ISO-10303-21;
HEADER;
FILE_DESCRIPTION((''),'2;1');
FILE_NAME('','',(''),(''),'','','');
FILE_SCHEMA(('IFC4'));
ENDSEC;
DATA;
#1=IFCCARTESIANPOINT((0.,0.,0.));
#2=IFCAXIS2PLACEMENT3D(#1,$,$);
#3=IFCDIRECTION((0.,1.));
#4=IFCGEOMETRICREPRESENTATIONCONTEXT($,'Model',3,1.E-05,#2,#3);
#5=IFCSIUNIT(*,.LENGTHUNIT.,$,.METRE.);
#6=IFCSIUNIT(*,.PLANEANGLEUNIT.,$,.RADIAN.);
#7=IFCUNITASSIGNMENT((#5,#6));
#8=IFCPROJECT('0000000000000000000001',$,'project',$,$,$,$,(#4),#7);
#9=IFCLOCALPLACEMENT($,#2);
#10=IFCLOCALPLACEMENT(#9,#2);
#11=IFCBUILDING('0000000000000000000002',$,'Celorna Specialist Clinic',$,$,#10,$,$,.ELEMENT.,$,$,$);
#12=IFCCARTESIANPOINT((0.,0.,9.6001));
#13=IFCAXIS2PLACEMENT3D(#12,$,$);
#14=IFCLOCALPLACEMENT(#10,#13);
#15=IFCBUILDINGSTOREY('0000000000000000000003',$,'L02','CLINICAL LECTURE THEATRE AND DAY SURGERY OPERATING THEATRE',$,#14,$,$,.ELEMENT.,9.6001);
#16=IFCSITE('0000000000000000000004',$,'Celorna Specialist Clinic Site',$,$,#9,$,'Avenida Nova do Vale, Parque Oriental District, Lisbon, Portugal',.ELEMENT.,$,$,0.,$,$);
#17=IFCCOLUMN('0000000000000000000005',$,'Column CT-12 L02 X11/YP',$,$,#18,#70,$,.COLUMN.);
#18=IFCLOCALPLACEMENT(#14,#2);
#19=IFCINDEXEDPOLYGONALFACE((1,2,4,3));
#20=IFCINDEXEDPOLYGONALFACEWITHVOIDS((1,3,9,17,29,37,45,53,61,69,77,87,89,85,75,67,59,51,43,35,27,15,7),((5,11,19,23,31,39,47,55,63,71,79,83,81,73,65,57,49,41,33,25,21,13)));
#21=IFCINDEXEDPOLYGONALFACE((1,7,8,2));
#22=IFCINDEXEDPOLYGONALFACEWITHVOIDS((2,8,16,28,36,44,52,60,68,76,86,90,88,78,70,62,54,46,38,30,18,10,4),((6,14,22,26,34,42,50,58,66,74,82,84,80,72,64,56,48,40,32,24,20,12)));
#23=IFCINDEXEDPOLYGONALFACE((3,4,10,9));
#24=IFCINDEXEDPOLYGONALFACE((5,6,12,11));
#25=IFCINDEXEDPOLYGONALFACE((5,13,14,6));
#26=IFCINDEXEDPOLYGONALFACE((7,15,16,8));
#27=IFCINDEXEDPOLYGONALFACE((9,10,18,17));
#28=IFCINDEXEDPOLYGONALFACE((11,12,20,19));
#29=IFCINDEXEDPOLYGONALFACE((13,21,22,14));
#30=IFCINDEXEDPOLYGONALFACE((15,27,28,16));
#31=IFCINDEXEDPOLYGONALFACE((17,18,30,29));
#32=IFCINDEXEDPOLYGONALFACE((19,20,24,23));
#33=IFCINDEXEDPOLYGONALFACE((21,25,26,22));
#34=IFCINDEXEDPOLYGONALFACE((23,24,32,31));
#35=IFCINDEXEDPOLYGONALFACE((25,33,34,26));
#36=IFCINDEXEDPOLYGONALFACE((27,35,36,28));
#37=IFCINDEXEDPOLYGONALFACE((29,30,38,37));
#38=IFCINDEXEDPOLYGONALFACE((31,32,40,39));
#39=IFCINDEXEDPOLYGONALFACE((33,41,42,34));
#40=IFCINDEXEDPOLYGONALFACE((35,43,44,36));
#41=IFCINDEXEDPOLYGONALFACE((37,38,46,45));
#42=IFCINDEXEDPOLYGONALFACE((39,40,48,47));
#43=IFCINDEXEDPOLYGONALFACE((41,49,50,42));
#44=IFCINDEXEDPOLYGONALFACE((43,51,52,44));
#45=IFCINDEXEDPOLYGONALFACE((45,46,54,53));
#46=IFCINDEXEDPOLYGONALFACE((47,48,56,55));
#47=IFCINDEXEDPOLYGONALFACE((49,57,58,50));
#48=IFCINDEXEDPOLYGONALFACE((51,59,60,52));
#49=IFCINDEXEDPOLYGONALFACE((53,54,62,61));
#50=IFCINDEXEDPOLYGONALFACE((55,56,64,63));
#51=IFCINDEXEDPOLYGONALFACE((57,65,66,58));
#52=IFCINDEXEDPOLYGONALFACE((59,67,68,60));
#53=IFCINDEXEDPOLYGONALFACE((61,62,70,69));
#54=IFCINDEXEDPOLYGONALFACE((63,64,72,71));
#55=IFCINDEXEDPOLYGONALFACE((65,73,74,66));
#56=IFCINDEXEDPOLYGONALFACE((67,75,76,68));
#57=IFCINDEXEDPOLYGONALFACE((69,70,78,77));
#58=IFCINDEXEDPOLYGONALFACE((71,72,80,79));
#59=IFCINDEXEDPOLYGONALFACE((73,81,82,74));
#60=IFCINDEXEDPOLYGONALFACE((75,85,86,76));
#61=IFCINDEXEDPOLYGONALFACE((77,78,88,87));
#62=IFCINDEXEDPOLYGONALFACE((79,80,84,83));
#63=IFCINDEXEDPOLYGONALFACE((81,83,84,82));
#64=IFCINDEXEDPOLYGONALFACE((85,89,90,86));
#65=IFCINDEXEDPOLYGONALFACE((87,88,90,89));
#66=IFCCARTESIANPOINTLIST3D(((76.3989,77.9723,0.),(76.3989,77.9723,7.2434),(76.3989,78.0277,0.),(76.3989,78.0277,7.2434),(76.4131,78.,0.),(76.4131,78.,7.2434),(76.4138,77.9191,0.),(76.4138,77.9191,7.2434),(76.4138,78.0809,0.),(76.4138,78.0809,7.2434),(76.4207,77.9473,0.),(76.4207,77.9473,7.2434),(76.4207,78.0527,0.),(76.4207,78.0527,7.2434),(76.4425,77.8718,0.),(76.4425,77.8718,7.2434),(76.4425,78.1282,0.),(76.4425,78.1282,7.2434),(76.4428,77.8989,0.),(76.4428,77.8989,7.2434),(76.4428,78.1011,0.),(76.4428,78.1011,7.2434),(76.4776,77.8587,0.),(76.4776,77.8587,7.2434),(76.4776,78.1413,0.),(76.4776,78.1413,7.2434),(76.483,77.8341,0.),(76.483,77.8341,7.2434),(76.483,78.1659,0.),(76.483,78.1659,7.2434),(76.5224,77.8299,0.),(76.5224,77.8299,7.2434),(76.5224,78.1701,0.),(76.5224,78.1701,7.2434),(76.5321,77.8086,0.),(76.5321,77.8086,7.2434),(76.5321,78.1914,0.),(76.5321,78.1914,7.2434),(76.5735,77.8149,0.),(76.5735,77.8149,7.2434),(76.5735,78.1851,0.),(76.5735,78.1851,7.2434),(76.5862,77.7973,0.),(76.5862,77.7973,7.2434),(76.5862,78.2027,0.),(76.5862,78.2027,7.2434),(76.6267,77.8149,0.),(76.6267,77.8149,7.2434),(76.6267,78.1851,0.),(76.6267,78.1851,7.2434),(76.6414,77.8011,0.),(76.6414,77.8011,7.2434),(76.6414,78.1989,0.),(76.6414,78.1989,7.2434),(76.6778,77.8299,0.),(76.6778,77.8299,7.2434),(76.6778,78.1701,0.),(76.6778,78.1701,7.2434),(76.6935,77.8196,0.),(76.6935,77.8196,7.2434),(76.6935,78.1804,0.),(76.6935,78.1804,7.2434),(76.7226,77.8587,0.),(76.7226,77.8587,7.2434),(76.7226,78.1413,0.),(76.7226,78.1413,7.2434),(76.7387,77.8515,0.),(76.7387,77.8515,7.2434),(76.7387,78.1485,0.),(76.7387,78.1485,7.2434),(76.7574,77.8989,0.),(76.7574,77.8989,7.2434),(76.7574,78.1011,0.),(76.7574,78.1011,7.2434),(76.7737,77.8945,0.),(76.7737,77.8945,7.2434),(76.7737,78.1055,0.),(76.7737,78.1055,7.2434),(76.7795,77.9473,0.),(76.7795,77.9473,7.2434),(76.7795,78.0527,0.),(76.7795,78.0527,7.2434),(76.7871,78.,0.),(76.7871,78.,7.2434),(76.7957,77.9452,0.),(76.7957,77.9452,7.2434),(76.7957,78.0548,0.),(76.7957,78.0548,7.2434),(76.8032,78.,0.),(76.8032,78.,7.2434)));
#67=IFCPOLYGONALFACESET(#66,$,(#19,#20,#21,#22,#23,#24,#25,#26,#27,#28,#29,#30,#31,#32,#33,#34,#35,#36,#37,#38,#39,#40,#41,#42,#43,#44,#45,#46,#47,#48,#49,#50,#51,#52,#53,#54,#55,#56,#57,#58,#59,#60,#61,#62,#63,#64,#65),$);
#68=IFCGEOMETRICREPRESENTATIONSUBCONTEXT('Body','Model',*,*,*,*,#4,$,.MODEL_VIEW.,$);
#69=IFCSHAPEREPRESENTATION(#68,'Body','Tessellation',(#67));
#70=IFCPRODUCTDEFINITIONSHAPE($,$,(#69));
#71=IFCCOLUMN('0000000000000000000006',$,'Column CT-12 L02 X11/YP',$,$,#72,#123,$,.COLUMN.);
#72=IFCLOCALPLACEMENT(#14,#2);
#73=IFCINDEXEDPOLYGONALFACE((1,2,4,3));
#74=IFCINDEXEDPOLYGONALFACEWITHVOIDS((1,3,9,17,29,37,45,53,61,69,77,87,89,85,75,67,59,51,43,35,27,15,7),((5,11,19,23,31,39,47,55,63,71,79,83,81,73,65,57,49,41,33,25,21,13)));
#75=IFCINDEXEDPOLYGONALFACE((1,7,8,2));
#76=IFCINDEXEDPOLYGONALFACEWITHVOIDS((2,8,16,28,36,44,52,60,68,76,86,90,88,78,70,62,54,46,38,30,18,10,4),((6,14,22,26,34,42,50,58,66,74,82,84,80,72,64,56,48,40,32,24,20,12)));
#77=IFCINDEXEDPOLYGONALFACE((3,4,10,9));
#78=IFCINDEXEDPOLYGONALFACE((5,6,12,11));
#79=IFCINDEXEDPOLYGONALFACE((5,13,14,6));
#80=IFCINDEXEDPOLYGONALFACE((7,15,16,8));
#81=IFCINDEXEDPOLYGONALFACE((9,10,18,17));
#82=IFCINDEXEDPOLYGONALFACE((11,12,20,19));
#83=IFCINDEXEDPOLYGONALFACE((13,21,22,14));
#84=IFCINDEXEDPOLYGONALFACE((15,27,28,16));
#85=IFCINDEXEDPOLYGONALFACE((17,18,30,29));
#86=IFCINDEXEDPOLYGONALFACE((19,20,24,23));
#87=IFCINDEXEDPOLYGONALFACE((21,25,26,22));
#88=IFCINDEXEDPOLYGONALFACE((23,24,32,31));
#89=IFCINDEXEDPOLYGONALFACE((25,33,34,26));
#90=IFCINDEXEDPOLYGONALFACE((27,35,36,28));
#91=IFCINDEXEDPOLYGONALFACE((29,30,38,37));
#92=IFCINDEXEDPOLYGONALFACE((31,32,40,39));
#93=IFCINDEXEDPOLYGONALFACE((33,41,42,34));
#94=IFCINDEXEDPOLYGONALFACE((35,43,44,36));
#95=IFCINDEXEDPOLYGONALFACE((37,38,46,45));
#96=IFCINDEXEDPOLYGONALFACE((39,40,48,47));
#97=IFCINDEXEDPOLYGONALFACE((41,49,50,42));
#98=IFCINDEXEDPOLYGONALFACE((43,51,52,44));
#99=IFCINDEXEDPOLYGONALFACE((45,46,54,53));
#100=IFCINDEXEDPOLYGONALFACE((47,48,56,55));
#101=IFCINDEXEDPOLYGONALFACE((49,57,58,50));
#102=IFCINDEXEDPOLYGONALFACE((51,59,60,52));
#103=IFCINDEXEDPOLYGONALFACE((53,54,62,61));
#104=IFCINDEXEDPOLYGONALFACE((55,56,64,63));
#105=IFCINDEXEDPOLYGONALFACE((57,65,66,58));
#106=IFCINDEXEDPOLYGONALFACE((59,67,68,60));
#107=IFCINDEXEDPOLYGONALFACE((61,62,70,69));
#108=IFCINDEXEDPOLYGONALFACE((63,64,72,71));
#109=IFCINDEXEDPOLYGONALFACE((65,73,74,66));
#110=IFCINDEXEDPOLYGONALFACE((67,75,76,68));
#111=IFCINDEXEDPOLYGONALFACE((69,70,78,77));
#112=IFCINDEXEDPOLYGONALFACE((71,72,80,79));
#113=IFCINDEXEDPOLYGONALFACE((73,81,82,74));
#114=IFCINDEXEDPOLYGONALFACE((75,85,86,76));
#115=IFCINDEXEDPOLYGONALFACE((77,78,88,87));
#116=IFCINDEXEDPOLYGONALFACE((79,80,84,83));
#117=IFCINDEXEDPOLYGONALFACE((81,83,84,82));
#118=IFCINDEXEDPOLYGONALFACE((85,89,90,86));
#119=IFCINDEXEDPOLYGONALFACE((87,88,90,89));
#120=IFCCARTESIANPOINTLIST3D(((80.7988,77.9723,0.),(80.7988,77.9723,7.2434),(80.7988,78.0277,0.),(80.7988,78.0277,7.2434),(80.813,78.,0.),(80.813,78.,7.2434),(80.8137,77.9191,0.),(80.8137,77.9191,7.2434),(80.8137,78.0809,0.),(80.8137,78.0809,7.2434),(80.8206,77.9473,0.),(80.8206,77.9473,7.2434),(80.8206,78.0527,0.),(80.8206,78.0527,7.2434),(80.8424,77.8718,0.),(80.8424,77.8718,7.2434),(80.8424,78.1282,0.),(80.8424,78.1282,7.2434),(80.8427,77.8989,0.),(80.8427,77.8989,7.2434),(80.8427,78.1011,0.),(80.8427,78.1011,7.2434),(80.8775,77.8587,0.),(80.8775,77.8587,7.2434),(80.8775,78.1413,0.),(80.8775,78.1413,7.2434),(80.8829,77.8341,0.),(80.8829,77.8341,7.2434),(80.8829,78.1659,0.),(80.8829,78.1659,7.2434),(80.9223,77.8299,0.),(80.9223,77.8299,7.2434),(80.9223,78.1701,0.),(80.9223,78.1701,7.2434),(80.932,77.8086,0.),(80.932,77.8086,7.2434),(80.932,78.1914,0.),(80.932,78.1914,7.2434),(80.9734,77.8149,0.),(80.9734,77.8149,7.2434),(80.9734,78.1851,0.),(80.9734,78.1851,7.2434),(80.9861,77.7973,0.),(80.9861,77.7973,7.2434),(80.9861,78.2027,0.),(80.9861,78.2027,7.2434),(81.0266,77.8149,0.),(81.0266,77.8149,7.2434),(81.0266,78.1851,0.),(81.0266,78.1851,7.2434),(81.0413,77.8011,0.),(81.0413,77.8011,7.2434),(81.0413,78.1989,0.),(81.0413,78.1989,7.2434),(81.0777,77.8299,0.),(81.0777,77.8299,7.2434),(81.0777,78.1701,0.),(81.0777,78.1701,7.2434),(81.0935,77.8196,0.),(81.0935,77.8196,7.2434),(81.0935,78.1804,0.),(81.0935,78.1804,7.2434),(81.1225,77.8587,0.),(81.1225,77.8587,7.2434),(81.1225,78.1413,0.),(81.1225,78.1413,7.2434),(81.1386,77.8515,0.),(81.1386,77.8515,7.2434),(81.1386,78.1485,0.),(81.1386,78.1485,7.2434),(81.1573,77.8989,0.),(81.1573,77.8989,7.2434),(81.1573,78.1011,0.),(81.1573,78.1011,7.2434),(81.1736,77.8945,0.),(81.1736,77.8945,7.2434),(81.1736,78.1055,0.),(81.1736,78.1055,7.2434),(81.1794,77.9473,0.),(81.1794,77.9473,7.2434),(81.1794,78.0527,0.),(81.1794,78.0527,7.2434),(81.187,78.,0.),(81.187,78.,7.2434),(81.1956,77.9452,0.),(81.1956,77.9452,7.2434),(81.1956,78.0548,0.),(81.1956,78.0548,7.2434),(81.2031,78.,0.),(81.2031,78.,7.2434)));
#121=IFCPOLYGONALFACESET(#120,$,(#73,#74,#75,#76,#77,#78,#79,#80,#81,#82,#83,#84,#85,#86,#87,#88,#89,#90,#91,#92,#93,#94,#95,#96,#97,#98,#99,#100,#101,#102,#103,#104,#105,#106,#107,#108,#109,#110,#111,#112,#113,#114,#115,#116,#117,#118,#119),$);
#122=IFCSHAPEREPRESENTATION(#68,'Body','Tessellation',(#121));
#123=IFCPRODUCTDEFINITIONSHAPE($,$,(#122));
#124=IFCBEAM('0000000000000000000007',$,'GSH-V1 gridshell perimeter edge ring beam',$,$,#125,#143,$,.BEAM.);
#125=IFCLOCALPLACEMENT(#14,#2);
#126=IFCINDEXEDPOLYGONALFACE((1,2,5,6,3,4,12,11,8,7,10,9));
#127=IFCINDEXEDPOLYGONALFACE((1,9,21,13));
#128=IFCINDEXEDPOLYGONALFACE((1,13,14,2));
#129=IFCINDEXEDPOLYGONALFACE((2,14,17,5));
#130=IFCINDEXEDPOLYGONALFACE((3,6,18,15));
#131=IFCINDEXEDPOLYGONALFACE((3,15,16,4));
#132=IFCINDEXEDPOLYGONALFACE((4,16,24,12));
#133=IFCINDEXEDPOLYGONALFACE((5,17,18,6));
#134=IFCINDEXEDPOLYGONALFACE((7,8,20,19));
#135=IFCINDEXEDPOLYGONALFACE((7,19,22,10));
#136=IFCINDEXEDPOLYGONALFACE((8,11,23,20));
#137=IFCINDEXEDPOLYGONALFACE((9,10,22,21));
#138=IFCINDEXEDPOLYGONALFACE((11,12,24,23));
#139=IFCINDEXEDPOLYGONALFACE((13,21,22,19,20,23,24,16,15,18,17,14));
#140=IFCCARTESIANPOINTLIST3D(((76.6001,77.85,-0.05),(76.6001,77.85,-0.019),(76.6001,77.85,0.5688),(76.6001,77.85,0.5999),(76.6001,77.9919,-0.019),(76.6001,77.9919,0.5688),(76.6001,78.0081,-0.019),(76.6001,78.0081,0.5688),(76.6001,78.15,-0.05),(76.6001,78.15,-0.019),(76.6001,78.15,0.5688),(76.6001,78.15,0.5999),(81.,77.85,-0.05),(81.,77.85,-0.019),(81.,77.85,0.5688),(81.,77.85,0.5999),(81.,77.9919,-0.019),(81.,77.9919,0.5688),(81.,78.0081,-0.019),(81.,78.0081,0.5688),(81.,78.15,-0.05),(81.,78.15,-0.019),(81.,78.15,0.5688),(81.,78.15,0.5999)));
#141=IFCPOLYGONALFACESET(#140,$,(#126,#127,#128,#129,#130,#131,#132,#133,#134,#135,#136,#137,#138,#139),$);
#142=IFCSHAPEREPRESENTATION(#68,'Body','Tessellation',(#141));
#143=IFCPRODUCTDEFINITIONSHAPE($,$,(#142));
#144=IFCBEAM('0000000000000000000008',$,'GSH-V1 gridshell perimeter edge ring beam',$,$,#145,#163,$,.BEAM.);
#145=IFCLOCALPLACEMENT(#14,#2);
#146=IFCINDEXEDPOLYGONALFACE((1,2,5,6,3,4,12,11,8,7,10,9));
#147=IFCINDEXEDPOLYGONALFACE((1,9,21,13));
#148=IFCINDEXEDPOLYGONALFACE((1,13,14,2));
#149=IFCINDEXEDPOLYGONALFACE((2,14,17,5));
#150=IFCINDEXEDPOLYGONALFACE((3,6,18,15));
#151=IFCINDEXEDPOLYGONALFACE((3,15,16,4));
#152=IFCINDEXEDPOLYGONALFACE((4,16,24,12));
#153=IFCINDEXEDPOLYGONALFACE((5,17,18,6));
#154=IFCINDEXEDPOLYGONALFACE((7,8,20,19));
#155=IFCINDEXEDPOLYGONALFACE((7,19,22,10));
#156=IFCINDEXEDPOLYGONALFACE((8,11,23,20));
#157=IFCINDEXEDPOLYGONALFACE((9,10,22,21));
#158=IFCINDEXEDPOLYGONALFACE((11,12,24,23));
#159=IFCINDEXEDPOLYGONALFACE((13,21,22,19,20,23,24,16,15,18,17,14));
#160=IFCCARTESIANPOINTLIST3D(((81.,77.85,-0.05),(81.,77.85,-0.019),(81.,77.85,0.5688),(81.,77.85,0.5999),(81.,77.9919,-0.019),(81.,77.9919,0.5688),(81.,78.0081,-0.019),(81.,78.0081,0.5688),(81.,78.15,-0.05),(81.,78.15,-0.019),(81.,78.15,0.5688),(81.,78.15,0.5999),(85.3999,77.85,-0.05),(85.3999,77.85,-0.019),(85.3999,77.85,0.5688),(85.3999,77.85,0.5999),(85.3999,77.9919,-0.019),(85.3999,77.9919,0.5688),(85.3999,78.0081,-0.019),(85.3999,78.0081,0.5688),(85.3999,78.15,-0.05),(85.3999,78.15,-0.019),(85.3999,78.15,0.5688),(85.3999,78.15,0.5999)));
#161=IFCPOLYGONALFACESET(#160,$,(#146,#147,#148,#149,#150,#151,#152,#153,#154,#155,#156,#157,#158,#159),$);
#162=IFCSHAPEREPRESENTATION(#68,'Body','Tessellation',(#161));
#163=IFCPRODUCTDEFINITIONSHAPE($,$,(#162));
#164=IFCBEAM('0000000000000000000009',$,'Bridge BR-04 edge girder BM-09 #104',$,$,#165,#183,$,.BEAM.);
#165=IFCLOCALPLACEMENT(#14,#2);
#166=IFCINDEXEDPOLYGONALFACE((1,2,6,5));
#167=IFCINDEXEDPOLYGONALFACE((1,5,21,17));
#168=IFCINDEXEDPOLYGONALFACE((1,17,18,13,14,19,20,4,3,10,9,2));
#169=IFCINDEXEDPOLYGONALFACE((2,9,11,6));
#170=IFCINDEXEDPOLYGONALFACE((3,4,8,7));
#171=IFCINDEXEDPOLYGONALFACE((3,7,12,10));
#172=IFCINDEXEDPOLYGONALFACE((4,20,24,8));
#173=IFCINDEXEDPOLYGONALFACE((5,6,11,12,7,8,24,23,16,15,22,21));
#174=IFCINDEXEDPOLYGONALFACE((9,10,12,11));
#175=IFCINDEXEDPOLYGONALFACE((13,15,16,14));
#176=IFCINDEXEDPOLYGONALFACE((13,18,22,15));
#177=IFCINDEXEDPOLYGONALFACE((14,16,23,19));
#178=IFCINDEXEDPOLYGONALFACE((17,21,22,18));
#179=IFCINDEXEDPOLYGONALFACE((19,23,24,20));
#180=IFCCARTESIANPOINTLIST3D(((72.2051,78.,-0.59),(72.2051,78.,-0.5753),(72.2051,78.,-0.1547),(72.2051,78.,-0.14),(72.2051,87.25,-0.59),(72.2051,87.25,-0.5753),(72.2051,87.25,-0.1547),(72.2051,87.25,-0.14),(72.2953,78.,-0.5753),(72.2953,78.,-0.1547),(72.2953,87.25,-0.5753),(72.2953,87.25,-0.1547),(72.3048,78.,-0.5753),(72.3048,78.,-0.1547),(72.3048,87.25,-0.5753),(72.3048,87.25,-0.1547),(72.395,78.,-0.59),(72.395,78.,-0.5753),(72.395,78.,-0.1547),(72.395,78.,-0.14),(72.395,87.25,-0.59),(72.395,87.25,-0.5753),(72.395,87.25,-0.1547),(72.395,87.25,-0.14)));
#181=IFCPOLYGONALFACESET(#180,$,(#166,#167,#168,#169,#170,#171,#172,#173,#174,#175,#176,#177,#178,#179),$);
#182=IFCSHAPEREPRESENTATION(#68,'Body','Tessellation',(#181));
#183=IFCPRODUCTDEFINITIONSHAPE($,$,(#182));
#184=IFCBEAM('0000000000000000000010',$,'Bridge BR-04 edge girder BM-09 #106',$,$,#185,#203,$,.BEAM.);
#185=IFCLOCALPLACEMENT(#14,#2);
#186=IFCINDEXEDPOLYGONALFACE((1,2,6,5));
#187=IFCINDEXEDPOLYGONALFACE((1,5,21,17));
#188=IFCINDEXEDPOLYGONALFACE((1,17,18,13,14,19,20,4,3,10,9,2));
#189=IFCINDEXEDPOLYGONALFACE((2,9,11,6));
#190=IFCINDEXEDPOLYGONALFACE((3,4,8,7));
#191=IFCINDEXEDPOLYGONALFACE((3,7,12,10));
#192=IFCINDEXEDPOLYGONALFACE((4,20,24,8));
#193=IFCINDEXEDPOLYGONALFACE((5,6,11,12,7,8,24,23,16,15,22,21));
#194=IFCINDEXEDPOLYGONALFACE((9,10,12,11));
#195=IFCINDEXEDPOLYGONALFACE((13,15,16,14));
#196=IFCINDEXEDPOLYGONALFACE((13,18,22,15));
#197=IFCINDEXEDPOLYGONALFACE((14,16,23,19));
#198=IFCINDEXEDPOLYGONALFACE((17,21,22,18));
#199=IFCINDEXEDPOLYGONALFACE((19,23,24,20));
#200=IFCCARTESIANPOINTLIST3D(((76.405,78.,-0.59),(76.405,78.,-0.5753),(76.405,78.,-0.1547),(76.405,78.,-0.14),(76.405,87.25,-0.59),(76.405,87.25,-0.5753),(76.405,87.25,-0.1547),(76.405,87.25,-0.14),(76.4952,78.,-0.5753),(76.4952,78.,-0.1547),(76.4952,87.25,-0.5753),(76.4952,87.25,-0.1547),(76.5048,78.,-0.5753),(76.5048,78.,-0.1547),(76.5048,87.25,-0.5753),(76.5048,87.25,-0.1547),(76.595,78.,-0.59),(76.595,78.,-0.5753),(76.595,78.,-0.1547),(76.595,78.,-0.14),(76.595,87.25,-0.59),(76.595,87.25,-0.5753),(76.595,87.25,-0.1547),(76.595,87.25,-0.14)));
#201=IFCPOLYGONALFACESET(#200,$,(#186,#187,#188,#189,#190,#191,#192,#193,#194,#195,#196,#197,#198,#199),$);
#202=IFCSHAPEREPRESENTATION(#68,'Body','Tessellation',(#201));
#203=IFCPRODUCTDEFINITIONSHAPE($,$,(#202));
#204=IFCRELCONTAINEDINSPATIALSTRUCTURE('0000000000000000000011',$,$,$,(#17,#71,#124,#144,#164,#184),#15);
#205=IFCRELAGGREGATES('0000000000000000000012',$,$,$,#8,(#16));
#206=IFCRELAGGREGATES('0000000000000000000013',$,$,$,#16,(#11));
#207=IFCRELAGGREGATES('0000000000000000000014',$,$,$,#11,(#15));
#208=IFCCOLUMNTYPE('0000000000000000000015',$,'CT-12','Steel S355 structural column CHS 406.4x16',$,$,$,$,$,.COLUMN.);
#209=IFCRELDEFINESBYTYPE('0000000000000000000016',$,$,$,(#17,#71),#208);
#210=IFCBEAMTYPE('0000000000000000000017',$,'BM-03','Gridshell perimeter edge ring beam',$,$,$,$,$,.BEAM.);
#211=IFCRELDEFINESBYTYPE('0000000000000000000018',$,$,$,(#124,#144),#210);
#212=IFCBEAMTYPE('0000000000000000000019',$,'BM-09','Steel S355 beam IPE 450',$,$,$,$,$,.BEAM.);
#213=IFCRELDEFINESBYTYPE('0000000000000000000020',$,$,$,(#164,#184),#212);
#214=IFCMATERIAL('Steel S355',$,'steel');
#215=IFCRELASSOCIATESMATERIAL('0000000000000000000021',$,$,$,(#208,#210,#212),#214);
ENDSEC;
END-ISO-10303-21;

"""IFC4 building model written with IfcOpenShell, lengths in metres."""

from ifc_helpers import new_model, si_unit, direction, frame, origin, origin_2d, place, context, subcontext, project, spatial, hollow_circle, i_section, extrude, material, material_profile, profile_set, type_object, element, save


model = new_model("IFC4")

# Units and contexts
model_context = context("Model", 3, precision=1e-05, world=origin(), true_north=direction((0.0, 1.0)))
body_context = subcontext(model_context, "Body", "Model", "MODEL_VIEW")
ifc_project = project(units=[si_unit("LENGTHUNIT", "METRE"), si_unit("PLANEANGLEUNIT", "RADIAN")], contexts=[model_context])

# Site, building, storey
site_placement = place(None, origin())
site = spatial("IfcSite", under=ifc_project, at=site_placement, Name="Celorna Specialist Clinic Site", LongName="Avenida Nova do Vale, Parque Oriental District, Lisbon, Portugal", CompositionType="ELEMENT", RefElevation=0.0)
building_placement = place(site_placement, origin())
building = spatial("IfcBuilding", under=site, at=building_placement, Name="Celorna Specialist Clinic", CompositionType="ELEMENT")
storey_placement = place(building_placement, frame((0.0, 0.0, 9.6001)))
storey = spatial("IfcBuildingStorey", under=building, at=storey_placement, Name="L02", Description="CLINICAL LECTURE THEATRE AND DAY SURGERY OPERATING THEATRE", CompositionType="ELEMENT", Elevation=9.6001)

# Columns
ifc_material_1 = material(Name="Steel S355", Category="steel")
ifc_material_profile_1 = material_profile(ifc_material_1, hollow_circle(Radius=0.2031, WallThickness=0.0161, at=origin_2d()), Name="CHS 406.4x16")
ifc_profile_set_1 = profile_set([ifc_material_profile_1], Name="Steel S355")
column_type = type_object("IfcColumnType", Name="CT-12", Description="Steel S355 structural column CHS 406.4x16", PredefinedType="COLUMN", material=ifc_profile_set_1)
for number, where, z_axis, x_axis, name in (
    (1, (76.6001, 78.0, 0.0), (0.0, 0.0, 1.0), (1.0, 0.0, 0.0), "Column CT-12 L02 X11/YP"),
    (2, (81.0, 78.0, 0.0), (0.0, 0.0, 1.0), (1.0, 0.0, 0.0), "Column CT-12 L02 X11/YP"),
):
    element("IfcColumn", number, at=place(storey_placement, frame(where, z_axis=z_axis, x_axis=x_axis)), inside=storey, type_object=column_type, Name=name, PredefinedType="COLUMN", context=body_context, shape_type="SweptSolid", body=[
        extrude(hollow_circle(Radius=0.2031, WallThickness=0.0161, at=origin_2d()), origin(), (0.0, 0.0, 1.0), 7.2434),
    ])

# Beams
ifc_material_profile_2 = material_profile(ifc_material_1, i_section(OverallWidth=0.3, OverallDepth=0.6499, WebThickness=0.0161, FlangeThickness=0.031, at=origin_2d()), Name="HE 650 B")
ifc_profile_set_2 = profile_set([ifc_material_profile_2], Name="Steel S355")
beam_type_1 = type_object("IfcBeamType", Name="BM-03", Description="Gridshell perimeter edge ring beam", PredefinedType="BEAM", material=ifc_profile_set_2)
for number, where, z_axis, x_axis, name in (
    (3, (76.6001, 78.0, 0.2749), (1.0, 0.0, 0.0), (0.0, 1.0, 0.0), "GSH-V1 gridshell perimeter edge ring beam"),
    (4, (81.0, 78.0, 0.2749), (1.0, 0.0, 0.0), (0.0, 1.0, 0.0), "GSH-V1 gridshell perimeter edge ring beam"),
):
    element("IfcBeam", number, at=place(storey_placement, frame(where, z_axis=z_axis, x_axis=x_axis)), inside=storey, type_object=beam_type_1, Name=name, PredefinedType="BEAM", context=body_context, shape_type="SweptSolid", body=[
        extrude(i_section(OverallWidth=0.3, OverallDepth=0.6499, WebThickness=0.0161, FlangeThickness=0.031, at=origin_2d()), origin(), (0.0, 0.0, 1.0), 4.3999),
    ])
ifc_material_profile_3 = material_profile(ifc_material_1, i_section(OverallWidth=0.1899, OverallDepth=0.45, WebThickness=0.0095, FlangeThickness=0.0146, at=origin_2d()), Name="IPE 450")
ifc_profile_set_3 = profile_set([ifc_material_profile_3], Name="Steel S355")
beam_type_2 = type_object("IfcBeamType", Name="BM-09", Description="Steel S355 beam IPE 450", PredefinedType="BEAM", material=ifc_profile_set_3)
for number, where, z_axis, x_axis, name in (
    (5, (72.3, 78.0, -0.365), (0.0, 1.0, 0.0), (-1.0, 0.0, 0.0), "Bridge BR-04 edge girder BM-09 #104"),
    (6, (76.5, 78.0, -0.365), (0.0, 1.0, 0.0), (-1.0, 0.0, 0.0), "Bridge BR-04 edge girder BM-09 #106"),
):
    element("IfcBeam", number, at=place(storey_placement, frame(where, z_axis=z_axis, x_axis=x_axis)), inside=storey, type_object=beam_type_2, Name=name, PredefinedType="BEAM", context=body_context, shape_type="SweptSolid", body=[
        extrude(i_section(OverallWidth=0.1899, OverallDepth=0.45, WebThickness=0.0095, FlangeThickness=0.0146, at=origin_2d()), origin(), (0.0, 0.0, 1.0), 9.25),
    ])

save(model, "model.ifc")
